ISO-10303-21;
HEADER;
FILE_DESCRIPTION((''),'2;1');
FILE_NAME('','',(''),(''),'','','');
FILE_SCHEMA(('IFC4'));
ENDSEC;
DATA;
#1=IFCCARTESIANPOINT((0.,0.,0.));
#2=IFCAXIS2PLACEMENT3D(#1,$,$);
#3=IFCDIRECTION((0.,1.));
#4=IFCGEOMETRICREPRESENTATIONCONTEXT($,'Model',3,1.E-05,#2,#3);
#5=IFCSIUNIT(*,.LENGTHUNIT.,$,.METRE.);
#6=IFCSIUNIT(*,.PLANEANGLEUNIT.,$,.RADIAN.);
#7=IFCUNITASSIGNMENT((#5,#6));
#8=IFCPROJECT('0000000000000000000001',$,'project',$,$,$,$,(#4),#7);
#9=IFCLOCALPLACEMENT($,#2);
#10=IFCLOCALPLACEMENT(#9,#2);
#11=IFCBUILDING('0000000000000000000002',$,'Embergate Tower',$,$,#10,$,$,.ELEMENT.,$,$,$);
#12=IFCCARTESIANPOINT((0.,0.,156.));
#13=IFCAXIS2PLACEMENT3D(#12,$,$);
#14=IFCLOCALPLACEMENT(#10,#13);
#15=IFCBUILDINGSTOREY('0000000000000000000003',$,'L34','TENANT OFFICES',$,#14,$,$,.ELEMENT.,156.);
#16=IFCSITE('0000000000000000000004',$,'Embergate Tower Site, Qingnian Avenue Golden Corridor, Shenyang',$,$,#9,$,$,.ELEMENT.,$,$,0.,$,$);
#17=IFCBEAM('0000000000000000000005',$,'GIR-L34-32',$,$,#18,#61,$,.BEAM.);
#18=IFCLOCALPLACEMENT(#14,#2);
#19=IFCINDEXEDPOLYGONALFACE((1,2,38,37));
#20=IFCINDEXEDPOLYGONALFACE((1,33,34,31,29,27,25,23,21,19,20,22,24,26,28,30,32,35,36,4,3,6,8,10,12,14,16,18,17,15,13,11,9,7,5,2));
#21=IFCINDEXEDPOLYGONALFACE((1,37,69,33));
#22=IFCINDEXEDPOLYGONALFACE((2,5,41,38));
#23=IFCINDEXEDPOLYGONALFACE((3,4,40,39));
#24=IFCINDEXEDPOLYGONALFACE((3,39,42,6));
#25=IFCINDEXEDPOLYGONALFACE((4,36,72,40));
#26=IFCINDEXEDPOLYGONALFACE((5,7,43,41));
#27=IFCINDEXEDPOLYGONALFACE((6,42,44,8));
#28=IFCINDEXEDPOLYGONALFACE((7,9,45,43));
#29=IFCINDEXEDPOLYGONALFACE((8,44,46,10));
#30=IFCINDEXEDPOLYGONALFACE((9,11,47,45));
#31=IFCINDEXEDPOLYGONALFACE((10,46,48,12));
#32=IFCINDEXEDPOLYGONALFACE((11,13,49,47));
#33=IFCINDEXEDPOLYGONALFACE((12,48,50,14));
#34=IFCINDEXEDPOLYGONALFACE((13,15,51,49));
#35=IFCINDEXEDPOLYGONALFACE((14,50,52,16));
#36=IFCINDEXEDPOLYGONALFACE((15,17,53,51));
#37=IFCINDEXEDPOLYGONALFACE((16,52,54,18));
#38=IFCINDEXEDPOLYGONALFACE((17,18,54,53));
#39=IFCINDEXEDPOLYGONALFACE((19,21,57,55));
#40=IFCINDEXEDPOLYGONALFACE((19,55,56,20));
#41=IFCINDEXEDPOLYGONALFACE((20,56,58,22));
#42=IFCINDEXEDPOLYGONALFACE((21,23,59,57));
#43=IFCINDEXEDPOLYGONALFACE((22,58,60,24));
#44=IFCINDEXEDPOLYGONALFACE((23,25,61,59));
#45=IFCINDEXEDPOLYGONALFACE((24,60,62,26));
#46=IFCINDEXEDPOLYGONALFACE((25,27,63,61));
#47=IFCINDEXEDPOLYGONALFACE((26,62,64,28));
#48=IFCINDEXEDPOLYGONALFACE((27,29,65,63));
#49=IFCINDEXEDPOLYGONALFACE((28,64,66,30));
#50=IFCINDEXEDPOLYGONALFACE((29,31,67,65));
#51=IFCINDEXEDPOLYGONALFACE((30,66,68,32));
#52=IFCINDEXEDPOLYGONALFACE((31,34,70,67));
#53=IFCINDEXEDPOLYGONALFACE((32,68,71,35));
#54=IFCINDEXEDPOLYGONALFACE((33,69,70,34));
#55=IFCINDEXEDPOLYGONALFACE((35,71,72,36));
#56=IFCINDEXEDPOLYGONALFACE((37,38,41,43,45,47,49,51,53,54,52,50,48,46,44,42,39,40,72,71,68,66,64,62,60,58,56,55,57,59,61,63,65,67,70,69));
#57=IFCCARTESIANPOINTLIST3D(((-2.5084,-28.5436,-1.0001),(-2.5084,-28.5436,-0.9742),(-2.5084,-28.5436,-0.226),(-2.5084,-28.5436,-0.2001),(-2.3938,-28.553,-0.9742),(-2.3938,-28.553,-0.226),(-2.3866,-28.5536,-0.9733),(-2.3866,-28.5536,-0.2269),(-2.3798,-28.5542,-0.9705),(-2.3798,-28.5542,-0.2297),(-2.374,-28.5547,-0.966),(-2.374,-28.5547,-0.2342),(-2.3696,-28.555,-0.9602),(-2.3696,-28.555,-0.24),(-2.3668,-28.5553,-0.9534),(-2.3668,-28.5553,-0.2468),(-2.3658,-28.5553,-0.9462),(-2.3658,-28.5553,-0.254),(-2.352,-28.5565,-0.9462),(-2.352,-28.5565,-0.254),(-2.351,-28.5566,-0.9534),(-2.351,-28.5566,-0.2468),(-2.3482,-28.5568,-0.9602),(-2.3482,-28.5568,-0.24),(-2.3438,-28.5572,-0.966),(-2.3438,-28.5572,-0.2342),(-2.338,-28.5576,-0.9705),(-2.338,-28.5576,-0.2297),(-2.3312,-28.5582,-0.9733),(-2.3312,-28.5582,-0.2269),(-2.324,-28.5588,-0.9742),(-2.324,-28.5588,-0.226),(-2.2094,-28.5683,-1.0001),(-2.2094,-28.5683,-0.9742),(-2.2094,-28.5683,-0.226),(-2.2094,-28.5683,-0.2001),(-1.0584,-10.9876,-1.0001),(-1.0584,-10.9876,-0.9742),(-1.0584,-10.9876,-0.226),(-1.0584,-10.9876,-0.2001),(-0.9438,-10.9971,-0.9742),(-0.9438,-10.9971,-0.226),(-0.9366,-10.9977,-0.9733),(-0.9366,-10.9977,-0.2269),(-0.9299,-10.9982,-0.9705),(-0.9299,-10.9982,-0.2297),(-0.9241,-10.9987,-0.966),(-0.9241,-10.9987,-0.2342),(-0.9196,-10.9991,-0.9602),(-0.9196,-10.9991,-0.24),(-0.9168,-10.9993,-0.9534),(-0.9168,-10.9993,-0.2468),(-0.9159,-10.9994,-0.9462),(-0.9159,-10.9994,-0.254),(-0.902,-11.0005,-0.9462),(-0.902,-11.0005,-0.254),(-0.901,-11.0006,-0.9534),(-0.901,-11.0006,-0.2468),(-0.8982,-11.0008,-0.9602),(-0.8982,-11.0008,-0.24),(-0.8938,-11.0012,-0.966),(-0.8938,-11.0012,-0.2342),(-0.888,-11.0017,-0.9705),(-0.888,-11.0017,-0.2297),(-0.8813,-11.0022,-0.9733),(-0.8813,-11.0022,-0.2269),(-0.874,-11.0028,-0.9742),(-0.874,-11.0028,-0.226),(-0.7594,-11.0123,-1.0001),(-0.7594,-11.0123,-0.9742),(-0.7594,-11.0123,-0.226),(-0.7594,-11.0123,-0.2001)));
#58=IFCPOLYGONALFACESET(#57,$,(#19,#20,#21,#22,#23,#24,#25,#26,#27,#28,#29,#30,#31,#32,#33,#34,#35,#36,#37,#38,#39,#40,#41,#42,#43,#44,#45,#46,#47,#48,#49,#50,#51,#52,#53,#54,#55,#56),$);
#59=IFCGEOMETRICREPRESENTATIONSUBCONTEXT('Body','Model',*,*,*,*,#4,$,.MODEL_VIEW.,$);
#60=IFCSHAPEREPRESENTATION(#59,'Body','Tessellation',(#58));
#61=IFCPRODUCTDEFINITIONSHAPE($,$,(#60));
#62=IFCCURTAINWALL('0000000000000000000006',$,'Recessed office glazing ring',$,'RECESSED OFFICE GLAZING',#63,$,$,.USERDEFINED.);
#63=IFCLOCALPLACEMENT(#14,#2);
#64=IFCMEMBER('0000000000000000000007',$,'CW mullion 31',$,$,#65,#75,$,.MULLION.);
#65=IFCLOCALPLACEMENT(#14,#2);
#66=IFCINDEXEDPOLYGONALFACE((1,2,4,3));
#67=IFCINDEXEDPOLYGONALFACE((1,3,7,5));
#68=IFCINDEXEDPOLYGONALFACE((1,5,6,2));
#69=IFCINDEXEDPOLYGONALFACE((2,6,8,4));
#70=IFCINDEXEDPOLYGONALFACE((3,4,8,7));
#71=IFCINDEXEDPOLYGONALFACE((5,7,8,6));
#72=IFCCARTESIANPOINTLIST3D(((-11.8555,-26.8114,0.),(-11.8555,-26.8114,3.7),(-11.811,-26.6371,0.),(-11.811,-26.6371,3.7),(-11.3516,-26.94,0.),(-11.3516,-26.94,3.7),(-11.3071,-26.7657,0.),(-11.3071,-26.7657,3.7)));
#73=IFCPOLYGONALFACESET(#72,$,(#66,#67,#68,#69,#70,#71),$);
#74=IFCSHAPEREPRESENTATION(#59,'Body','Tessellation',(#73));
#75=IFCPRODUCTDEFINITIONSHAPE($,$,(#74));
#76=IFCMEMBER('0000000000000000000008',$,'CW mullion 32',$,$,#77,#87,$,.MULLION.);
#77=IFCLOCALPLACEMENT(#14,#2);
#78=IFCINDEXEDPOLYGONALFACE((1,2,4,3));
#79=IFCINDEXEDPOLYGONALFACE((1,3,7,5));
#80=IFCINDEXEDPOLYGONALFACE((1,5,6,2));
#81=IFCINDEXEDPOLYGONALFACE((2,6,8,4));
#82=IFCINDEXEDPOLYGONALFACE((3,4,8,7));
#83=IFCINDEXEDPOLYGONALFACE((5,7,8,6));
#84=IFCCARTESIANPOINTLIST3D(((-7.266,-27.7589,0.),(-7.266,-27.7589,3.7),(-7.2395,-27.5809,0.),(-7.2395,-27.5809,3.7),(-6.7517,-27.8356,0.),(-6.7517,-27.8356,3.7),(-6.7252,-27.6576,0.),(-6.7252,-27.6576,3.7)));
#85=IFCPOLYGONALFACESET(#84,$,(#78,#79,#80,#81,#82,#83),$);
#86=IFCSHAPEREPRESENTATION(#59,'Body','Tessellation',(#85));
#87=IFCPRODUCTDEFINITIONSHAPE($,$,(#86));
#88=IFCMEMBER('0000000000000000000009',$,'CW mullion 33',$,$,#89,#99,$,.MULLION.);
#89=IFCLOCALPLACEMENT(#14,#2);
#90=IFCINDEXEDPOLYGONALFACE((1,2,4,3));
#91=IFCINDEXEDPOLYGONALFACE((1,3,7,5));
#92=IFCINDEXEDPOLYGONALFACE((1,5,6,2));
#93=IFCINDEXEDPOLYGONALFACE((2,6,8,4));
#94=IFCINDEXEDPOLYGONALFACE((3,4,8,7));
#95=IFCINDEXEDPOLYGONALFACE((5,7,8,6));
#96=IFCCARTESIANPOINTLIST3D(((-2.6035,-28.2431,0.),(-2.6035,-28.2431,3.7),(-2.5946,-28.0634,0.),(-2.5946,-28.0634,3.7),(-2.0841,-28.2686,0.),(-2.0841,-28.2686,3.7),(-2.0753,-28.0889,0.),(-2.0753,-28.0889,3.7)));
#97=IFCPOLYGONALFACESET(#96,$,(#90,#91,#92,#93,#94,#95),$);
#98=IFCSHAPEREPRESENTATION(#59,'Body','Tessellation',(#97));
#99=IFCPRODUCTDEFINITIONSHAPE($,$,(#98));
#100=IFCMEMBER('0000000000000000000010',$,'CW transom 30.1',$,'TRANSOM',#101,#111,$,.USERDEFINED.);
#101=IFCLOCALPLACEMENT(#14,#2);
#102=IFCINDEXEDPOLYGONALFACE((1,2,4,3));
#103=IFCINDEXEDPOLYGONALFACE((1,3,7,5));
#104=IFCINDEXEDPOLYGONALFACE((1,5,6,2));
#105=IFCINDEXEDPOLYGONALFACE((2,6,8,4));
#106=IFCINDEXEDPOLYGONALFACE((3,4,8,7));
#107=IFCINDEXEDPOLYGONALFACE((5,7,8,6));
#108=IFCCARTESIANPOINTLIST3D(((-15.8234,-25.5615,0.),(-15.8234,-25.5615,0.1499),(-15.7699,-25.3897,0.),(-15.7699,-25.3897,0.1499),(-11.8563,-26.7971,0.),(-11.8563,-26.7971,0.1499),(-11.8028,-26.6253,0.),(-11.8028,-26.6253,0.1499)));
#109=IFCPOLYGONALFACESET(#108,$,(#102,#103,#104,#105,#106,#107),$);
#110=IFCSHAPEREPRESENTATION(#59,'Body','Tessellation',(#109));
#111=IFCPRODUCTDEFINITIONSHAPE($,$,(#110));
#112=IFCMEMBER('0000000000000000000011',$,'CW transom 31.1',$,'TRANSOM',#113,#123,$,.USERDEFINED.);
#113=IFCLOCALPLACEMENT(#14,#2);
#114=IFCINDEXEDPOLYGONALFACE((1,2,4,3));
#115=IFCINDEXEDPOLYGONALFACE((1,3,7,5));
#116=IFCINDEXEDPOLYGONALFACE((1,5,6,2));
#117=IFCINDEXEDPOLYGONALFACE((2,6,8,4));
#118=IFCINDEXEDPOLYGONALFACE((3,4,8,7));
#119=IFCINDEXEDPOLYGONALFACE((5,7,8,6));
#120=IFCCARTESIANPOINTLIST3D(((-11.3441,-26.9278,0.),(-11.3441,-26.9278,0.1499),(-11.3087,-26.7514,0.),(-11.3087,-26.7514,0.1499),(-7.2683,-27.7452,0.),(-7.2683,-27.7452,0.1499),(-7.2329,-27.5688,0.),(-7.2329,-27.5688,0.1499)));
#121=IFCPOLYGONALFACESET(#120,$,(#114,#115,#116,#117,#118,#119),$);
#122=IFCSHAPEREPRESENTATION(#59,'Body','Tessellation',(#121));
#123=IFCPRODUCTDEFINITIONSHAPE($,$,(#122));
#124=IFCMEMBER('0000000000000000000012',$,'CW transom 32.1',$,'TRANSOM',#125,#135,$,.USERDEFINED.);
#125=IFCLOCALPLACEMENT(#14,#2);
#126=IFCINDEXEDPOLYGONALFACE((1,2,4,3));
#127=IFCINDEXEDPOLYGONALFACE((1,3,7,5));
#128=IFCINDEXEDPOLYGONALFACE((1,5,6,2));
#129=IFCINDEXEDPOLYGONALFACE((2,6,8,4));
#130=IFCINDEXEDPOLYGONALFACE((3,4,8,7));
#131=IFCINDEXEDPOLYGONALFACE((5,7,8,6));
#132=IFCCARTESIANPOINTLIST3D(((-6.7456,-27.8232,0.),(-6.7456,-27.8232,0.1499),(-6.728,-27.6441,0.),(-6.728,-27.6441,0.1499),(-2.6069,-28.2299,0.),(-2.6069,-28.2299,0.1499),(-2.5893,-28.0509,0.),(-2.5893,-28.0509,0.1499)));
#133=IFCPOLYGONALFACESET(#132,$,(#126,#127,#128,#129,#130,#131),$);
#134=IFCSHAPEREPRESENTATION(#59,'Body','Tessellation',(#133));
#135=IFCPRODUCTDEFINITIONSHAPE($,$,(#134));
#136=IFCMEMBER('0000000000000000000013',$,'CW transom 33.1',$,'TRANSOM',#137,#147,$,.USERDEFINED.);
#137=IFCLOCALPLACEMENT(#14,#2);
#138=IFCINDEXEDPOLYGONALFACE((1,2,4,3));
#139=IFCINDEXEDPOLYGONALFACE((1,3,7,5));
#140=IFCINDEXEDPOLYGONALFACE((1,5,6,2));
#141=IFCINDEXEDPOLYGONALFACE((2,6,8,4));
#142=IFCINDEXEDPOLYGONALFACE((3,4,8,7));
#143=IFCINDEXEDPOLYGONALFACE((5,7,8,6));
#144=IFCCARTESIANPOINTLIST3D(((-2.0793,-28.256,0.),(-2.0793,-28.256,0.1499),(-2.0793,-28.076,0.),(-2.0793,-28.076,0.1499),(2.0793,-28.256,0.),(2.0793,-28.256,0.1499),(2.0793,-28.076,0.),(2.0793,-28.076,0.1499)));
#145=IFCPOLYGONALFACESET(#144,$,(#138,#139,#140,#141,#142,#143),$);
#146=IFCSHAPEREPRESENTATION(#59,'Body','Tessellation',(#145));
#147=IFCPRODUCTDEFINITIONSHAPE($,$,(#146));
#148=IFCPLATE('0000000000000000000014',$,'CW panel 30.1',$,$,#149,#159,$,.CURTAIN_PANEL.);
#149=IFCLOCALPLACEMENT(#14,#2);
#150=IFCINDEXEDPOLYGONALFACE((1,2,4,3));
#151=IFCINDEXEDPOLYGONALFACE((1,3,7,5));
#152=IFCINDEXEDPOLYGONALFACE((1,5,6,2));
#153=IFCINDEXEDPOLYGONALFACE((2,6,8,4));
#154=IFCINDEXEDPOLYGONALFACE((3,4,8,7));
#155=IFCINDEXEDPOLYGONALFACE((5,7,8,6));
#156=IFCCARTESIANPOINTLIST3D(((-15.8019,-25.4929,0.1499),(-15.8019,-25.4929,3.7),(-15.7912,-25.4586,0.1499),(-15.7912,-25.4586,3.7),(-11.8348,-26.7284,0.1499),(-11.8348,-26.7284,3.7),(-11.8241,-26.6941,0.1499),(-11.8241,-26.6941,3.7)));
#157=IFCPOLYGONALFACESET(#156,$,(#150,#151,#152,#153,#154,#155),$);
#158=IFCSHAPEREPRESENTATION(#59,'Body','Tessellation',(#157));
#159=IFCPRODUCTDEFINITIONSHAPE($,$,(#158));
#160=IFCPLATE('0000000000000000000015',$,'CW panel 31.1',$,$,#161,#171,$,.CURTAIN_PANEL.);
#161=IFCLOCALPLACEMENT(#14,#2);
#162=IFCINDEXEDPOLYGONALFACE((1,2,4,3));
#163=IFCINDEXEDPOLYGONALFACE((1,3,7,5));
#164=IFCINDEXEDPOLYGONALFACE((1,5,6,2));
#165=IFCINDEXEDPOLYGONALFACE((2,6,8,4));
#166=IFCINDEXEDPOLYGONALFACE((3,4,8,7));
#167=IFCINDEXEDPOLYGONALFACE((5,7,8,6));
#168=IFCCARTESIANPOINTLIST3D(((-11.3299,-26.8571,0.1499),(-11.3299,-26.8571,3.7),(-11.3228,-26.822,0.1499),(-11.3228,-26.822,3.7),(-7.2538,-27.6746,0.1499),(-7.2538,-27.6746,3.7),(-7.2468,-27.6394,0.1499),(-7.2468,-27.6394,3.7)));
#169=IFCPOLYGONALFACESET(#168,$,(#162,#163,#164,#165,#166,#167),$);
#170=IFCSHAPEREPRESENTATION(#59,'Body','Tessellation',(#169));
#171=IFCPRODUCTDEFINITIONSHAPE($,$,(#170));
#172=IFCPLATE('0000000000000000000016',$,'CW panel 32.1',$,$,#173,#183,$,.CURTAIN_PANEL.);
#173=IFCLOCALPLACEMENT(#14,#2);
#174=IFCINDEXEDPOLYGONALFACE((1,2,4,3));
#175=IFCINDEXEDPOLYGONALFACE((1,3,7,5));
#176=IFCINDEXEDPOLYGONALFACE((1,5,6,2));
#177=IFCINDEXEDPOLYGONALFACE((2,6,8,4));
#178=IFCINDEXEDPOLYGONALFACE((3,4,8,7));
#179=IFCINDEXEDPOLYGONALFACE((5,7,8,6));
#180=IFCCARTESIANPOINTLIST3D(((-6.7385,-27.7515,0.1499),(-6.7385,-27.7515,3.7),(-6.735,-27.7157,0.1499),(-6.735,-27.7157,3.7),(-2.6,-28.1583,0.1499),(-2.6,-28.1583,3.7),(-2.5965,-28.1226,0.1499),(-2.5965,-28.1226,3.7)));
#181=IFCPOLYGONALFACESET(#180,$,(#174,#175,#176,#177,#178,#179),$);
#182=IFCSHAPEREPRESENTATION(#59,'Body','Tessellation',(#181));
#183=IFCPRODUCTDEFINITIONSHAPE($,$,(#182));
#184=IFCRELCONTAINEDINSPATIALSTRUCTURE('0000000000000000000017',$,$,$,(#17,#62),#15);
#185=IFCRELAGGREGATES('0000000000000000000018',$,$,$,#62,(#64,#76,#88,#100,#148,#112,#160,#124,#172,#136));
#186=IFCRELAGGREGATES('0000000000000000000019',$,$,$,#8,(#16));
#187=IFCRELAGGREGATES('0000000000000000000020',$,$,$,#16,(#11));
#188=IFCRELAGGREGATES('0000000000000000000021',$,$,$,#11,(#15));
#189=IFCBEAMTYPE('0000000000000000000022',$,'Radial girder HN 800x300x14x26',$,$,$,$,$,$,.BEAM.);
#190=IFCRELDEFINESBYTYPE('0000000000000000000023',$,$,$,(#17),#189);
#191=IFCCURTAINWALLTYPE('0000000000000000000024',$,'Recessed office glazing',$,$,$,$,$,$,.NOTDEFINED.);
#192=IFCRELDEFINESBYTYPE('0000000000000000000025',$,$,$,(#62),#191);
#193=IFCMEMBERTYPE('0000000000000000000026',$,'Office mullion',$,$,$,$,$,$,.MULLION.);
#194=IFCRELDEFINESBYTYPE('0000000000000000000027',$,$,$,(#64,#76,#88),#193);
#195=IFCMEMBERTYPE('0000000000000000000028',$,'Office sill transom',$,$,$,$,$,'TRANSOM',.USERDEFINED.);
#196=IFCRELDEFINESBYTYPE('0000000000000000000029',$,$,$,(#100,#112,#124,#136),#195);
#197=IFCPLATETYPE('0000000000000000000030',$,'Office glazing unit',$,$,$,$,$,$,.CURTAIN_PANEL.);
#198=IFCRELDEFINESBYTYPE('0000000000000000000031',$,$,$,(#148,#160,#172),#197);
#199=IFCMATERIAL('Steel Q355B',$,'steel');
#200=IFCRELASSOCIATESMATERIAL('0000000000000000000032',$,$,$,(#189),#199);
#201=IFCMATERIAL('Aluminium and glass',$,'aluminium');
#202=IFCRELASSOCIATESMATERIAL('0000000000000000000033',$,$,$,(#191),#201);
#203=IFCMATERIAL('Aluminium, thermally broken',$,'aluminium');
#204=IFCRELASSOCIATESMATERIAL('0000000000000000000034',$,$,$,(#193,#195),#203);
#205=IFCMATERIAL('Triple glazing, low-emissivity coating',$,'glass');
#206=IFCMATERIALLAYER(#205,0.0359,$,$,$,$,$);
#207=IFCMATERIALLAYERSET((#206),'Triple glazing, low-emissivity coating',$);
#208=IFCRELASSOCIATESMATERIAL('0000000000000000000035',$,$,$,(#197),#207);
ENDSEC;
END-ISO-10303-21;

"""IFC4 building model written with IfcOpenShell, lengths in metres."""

from ifc_helpers import new_model, si_unit, direction, frame, origin, origin_2d, place, context, subcontext, project, spatial, rectangle, i_section, extrude, source, transform, mapped, material, layer, layer_set, material_profile, profile_set, type_object, element, aggregate, save


model = new_model("IFC4")

# Units and contexts
model_context = context("Model", 3, precision=1e-05, world=origin(), true_north=direction((0.0, 1.0)))
body_context = subcontext(model_context, "Body", "Model", "MODEL_VIEW")
ifc_project = project(units=[si_unit("LENGTHUNIT", "METRE"), si_unit("PLANEANGLEUNIT", "RADIAN")], contexts=[model_context])

# Site, building, storey
site_placement = place(None, origin())
site = spatial("IfcSite", under=ifc_project, at=site_placement, Name="Embergate Tower Site, Qingnian Avenue Golden Corridor, Shenyang", CompositionType="ELEMENT", RefElevation=0.0)
building_placement = place(site_placement, origin())
building = spatial("IfcBuilding", under=site, at=building_placement, Name="Embergate Tower", CompositionType="ELEMENT")
storey_placement = place(building_placement, frame((0.0, 0.0, 156.0)))
storey = spatial("IfcBuildingStorey", under=building, at=storey_placement, Name="L34", Description="TENANT OFFICES", CompositionType="ELEMENT", Elevation=156.0)

# Beam
ifc_material_1 = material(Name="Steel Q355B", Category="steel")
ifc_material_profile_1 = material_profile(ifc_material_1, i_section(OverallWidth=0.3, OverallDepth=0.8, WebThickness=0.0139, FlangeThickness=0.0259, FilletRadius=0.0281, at=origin_2d()), Name="HN 800x300x14x26")
ifc_profile_set_1 = profile_set([ifc_material_profile_1], Name="Steel Q355 grade B")
beam_type_1 = type_object("IfcBeamType", Name="Radial girder HN 800x300x14x26", PredefinedType="BEAM", material=ifc_profile_set_1)
shared_shape_1 = source(origin(), body_context, "Body", "SweptSolid", [
    extrude(i_section(OverallWidth=0.3, OverallDepth=0.8, WebThickness=0.0139, FlangeThickness=0.0259, FilletRadius=0.0281, at=origin_2d()), origin(), (0.0, 0.0, 1.0), 17.6157),
])
beam_1_placement = place(storey_placement, frame((-2.3589, -28.5559, -0.6001), z_axis=(0.08231, 0.996607, 0.0), x_axis=(-0.996607, 0.08231, 0.0)))
element("IfcBeam", 1, at=beam_1_placement, inside=storey, type_object=beam_type_1, Name="GIR-L34-32", PredefinedType="BEAM", context=body_context, shape_type="MappedRepresentation", body=[
    mapped(shared_shape_1, transform((0.0, 0.0, 0.0))),
])

# Curtain wall, members
ifc_material_2 = material(Name="Aluminium and glass", Category="aluminium")
curtain_wall_type = type_object("IfcCurtainWallType", Name="Recessed office glazing", PredefinedType="NOTDEFINED", material=ifc_material_2)
curtain_wall_placement = place(storey_placement, origin())
curtain_wall = element("IfcCurtainWall", 2, at=curtain_wall_placement, inside=storey, type_object=curtain_wall_type, Name="Recessed office glazing ring", ObjectType="RECESSED OFFICE GLAZING", PredefinedType="USERDEFINED")
ifc_material_3 = material(Name="Aluminium, thermally broken", Category="aluminium")
ifc_material_profile_2 = material_profile(ifc_material_3, rectangle(XDim=0.1799, YDim=0.52, at=origin_2d()), Name="AL 520x180")
ifc_profile_set_2 = profile_set([ifc_material_profile_2], Name="Aluminium, thermally broken")
member_type_1 = type_object("IfcMemberType", Name="Office mullion", PredefinedType="MULLION", material=ifc_profile_set_2)
shared_shape_2 = source(origin(), body_context, "Body", "SweptSolid", [
    extrude(rectangle(XDim=0.1799, YDim=0.52, at=origin_2d()), origin(), (0.0, 0.0, 1.0), 3.7),
])
member_1_placement = place(storey_placement, frame((-11.5813, -26.7886, 0.0), z_axis=(0.0, 0.0, 1.0), x_axis=(0.247312, 0.968936, 0.0)))
member_1 = element("IfcMember", 3, at=member_1_placement, type_object=member_type_1, Name="CW mullion 31", PredefinedType="MULLION", context=body_context, shape_type="MappedRepresentation", body=[
    mapped(shared_shape_2, transform((0.0, 0.0, 0.0))),
])
member_2_placement = place(storey_placement, frame((-6.9956, -27.7083, 0.0), z_axis=(0.0, 0.0, 1.0), x_axis=(0.147412, 0.989075, 0.0)))
member_2 = element("IfcMember", 4, at=member_2_placement, type_object=member_type_1, Name="CW mullion 32", PredefinedType="MULLION", context=body_context, shape_type="MappedRepresentation", body=[
    mapped(shared_shape_2, transform((0.0, 0.0, 0.0))),
])
member_3_placement = place(storey_placement, frame((-2.3394, -28.166, 0.0), z_axis=(0.0, 0.0, 1.0), x_axis=(0.048972, 0.9988, 0.0)))
member_3 = element("IfcMember", 5, at=member_3_placement, type_object=member_type_1, Name="CW mullion 33", PredefinedType="MULLION", context=body_context, shape_type="MappedRepresentation", body=[
    mapped(shared_shape_2, transform((0.0, 0.0, 0.0))),
])
ifc_material_profile_3 = material_profile(ifc_material_3, rectangle(XDim=0.1799, YDim=0.1499, at=origin_2d()), Name="AL 150x180")
ifc_profile_set_3 = profile_set([ifc_material_profile_3], Name="Aluminium, thermally broken")
member_type_2 = type_object("IfcMemberType", Name="Office sill transom", ElementType="TRANSOM", PredefinedType="USERDEFINED", material=ifc_profile_set_3)
shared_shape_3 = source(origin(), body_context, "Body", "SweptSolid", [
    extrude(rectangle(XDim=0.1799, YDim=0.1499, at=origin_2d()), origin(), (0.0, 0.0, 1.0), 4.155),
])
member_4_placement = place(storey_placement, frame((-15.7966, -25.4756, 0.075), z_axis=(0.954761, -0.297375, 0.0), x_axis=(0.297375, 0.954761, 0.0)))
member_4 = element("IfcMember", 6, at=member_4_placement, type_object=member_type_2, Name="CW transom 30.1", ObjectType="TRANSOM", PredefinedType="USERDEFINED", context=body_context, shape_type="MappedRepresentation", body=[
    mapped(shared_shape_3, transform((0.0, 0.0, 0.0))),
])
shared_shape_4 = source(origin(), body_context, "Body", "SweptSolid", [
    extrude(rectangle(XDim=0.1799, YDim=0.1499, at=origin_2d()), origin(), (0.0, 0.0, 1.0), 4.157),
])
member_5_placement = place(storey_placement, frame((-11.3264, -26.8396, 0.075), z_axis=(0.980479, -0.196624, 0.0), x_axis=(0.196624, 0.980479, 0.0)))
member_5 = element("IfcMember", 7, at=member_5_placement, type_object=member_type_2, Name="CW transom 31.1", ObjectType="TRANSOM", PredefinedType="USERDEFINED", context=body_context, shape_type="MappedRepresentation", body=[
    mapped(shared_shape_4, transform((0.0, 0.0, 0.0))),
])
shared_shape_5 = source(origin(), body_context, "Body", "SweptSolid", [
    extrude(rectangle(XDim=0.1799, YDim=0.1499, at=origin_2d()), origin(), (0.0, 0.0, 1.0), 4.1587),
])
member_6_placement = place(storey_placement, frame((-6.7368, -27.7336, 0.075), z_axis=(0.995205, -0.097806, 0.0), x_axis=(0.097806, 0.995205, 0.0)))
member_6 = element("IfcMember", 8, at=member_6_placement, type_object=member_type_2, Name="CW transom 32.1", ObjectType="TRANSOM", PredefinedType="USERDEFINED", context=body_context, shape_type="MappedRepresentation", body=[
    mapped(shared_shape_5, transform((0.0, 0.0, 0.0))),
])
member_7_placement = place(storey_placement, frame((-2.0793, -28.166, 0.075), z_axis=(1.0, 0.0, 0.0), x_axis=(0.0, 1.0, 0.0)))
member_7 = element("IfcMember", 9, at=member_7_placement, type_object=member_type_2, Name="CW transom 33.1", ObjectType="TRANSOM", PredefinedType="USERDEFINED", context=body_context, shape_type="MappedRepresentation", body=[
    mapped(shared_shape_5, transform((0.0, 0.0, 0.0))),
])

# Plates
ifc_material_4 = material(Name="Triple glazing, low-emissivity coating", Category="glass")
ifc_layer_1 = layer(ifc_material_4, 0.0359)
ifc_layer_set_1 = layer_set([ifc_layer_1], Name="Triple glazing, low-emissivity coating")
plate_type = type_object("IfcPlateType", Name="Office glazing unit", PredefinedType="CURTAIN_PANEL", material=ifc_layer_set_1)
shared_shape_6 = source(origin(), body_context, "Body", "SweptSolid", [
    extrude(rectangle(XDim=4.155, YDim=0.0359, at=origin_2d()), origin(), (0.0, 0.0, 1.0), 3.55),
])
plate_1_placement = place(storey_placement, frame((-13.813, -26.0935, 0.1499), z_axis=(0.0, 0.0, 1.0), x_axis=(0.954772, -0.297338, 0.0)))
plate_1 = element("IfcPlate", 10, at=plate_1_placement, type_object=plate_type, Name="CW panel 30.1", PredefinedType="CURTAIN_PANEL", context=body_context, shape_type="MappedRepresentation", body=[
    mapped(shared_shape_6, transform((0.0, 0.0, 0.0))),
])
shared_shape_7 = source(origin(), body_context, "Body", "SweptSolid", [
    extrude(rectangle(XDim=4.1572, YDim=0.0359, at=origin_2d()), origin(), (0.0, 0.0, 1.0), 3.55),
])
plate_2_placement = place(storey_placement, frame((-9.2883, -27.2483, 0.1499), z_axis=(0.0, 0.0, 1.0), x_axis=(0.980476, -0.196639, 0.0)))
plate_2 = element("IfcPlate", 11, at=plate_2_placement, type_object=plate_type, Name="CW panel 31.1", PredefinedType="CURTAIN_PANEL", context=body_context, shape_type="MappedRepresentation", body=[
    mapped(shared_shape_7, transform((0.0, 0.0, 0.0))),
])
shared_shape_8 = source(origin(), body_context, "Body", "SweptSolid", [
    extrude(rectangle(XDim=4.1584, YDim=0.0359, at=origin_2d()), origin(), (0.0, 0.0, 1.0), 3.55),
])
plate_3_placement = place(storey_placement, frame((-4.6675, -27.937, 0.1499), z_axis=(0.0, 0.0, 1.0), x_axis=(0.995203, -0.09783, 0.0)))
plate_3 = element("IfcPlate", 12, at=plate_3_placement, type_object=plate_type, Name="CW panel 32.1", PredefinedType="CURTAIN_PANEL", context=body_context, shape_type="MappedRepresentation", body=[
    mapped(shared_shape_8, transform((0.0, 0.0, 0.0))),
])
aggregate(curtain_wall, [member_1, member_2, member_3, member_4, plate_1, member_5, plate_2, member_6, plate_3, member_7])

save(model, "model.ifc")
